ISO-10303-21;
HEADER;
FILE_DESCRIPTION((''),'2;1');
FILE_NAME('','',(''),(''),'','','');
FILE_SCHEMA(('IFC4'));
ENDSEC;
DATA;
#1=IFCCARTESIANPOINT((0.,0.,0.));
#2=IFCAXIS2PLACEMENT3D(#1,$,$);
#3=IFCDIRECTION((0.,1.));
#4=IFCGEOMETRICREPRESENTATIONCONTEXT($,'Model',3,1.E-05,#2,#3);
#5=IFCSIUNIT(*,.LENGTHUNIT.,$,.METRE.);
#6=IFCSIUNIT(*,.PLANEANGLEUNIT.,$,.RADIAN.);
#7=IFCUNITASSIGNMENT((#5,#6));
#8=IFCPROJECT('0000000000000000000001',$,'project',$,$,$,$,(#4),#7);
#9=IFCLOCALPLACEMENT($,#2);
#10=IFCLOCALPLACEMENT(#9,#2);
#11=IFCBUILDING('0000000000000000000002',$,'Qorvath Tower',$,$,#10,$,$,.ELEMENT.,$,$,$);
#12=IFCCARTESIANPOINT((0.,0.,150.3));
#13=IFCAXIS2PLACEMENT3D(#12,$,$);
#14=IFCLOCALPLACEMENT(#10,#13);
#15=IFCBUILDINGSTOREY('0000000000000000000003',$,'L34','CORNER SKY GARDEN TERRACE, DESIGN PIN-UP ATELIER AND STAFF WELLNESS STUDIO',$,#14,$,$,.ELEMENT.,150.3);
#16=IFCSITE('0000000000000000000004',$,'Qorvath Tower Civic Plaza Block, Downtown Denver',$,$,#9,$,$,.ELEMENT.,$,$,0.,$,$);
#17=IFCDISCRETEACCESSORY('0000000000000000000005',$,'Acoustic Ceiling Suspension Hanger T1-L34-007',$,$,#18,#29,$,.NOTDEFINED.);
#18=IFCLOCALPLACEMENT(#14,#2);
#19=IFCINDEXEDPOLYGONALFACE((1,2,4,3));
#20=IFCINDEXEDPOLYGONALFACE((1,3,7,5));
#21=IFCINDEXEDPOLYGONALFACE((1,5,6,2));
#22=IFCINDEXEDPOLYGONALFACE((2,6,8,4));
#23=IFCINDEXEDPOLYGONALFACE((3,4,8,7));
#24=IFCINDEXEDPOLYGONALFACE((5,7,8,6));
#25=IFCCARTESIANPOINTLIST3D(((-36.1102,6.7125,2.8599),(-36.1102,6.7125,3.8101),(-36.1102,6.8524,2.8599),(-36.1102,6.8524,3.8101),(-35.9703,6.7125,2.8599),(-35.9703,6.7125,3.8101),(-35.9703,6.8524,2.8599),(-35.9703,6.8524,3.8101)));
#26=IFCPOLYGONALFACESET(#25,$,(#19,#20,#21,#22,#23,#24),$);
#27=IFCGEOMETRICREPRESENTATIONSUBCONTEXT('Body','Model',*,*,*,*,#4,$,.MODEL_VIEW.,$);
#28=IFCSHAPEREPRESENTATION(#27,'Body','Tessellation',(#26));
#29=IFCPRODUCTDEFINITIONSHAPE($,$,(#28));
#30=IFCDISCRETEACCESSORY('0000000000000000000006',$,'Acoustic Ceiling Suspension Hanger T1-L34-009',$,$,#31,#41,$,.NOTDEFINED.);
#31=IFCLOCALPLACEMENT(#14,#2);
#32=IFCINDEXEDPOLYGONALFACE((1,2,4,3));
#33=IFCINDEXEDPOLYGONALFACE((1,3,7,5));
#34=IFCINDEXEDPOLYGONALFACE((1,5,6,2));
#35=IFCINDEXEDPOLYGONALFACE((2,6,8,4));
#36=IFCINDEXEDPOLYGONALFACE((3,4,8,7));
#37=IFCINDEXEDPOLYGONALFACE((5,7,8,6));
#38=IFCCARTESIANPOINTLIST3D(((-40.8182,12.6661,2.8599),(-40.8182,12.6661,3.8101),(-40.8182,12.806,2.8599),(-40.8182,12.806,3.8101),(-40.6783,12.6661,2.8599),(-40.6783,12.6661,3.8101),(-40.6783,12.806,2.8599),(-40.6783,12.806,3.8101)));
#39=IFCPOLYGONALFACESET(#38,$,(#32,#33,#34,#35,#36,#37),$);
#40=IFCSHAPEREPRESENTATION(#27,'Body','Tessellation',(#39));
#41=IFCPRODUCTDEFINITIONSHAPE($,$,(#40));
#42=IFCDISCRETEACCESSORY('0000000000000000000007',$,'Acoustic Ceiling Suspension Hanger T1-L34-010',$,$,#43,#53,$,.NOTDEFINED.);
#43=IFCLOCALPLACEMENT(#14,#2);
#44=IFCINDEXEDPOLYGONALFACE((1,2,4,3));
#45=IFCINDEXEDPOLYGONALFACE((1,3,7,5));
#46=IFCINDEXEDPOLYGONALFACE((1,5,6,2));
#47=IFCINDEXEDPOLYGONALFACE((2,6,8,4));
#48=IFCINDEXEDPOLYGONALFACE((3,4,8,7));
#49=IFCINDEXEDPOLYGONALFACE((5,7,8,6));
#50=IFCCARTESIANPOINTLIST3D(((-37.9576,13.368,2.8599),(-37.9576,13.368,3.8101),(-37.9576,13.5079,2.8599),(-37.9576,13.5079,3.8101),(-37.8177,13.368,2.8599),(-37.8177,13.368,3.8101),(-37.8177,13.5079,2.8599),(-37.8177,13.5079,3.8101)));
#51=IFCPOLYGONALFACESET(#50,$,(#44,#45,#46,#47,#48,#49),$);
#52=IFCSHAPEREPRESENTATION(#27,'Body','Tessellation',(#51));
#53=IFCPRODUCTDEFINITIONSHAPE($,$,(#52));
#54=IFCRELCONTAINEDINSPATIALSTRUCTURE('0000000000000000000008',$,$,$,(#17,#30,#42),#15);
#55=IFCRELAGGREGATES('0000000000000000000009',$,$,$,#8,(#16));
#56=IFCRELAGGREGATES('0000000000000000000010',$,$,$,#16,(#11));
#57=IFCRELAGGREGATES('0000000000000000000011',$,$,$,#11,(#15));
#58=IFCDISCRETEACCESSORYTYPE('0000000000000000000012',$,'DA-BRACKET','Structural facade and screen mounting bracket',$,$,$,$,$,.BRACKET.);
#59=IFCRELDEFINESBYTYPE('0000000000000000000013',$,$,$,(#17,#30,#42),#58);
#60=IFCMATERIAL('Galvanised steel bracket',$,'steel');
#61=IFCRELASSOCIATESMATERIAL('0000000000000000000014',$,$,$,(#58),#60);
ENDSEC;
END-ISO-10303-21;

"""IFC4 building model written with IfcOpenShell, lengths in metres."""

from ifc_helpers import new_model, si_unit, direction, frame, origin, origin_2d, place, context, subcontext, project, spatial, rectangle, extrude, material, type_object, element, save


model = new_model("IFC4")

# Units and contexts
model_context = context("Model", 3, precision=1e-05, world=origin(), true_north=direction((0.0, 1.0)))
body_context = subcontext(model_context, "Body", "Model", "MODEL_VIEW")
ifc_project = project(units=[si_unit("LENGTHUNIT", "METRE"), si_unit("PLANEANGLEUNIT", "RADIAN")], contexts=[model_context])

# Site, building, storey
site_placement = place(None, origin())
site = spatial("IfcSite", under=ifc_project, at=site_placement, Name="Qorvath Tower Civic Plaza Block, Downtown Denver", CompositionType="ELEMENT", RefElevation=0.0)
building_placement = place(site_placement, origin())
building = spatial("IfcBuilding", under=site, at=building_placement, Name="Qorvath Tower", CompositionType="ELEMENT")
storey_placement = place(building_placement, frame((0.0, 0.0, 150.3)))
storey = spatial("IfcBuildingStorey", under=building, at=storey_placement, Name="L34", Description="CORNER SKY GARDEN TERRACE, DESIGN PIN-UP ATELIER AND STAFF WELLNESS STUDIO", CompositionType="ELEMENT", Elevation=150.3)

# Discrete accessories
ifc_material_1 = material(Name="Galvanised steel bracket", Category="steel")
discrete_accessory_type = type_object("IfcDiscreteAccessoryType", Name="DA-BRACKET", Description="Structural facade and screen mounting bracket", PredefinedType="BRACKET", material=ifc_material_1)
for number, where, z_axis, x_axis, name in (
    (1, (-36.0403, 6.7825, 2.8599), (0.0, 0.0, 1.0), (1.0, 0.0, 0.0), "Acoustic Ceiling Suspension Hanger T1-L34-007"),
    (2, (-40.7483, 12.7361, 2.8599), (0.0, 0.0, 1.0), (1.0, 0.0, 0.0), "Acoustic Ceiling Suspension Hanger T1-L34-009"),
    (3, (-37.8877, 13.438, 2.8599), (0.0, 0.0, 1.0), (1.0, 0.0, 0.0), "Acoustic Ceiling Suspension Hanger T1-L34-010"),
):
    element("IfcDiscreteAccessory", number, at=place(storey_placement, frame(where, z_axis=z_axis, x_axis=x_axis)), inside=storey, type_object=discrete_accessory_type, Name=name, PredefinedType="NOTDEFINED", context=body_context, shape_type="SweptSolid", body=[
        extrude(rectangle(XDim=0.1399, YDim=0.1399, at=origin_2d()), origin(), (0.0, 0.0, 1.0), 0.9502),
    ])

save(model, "model.ifc")
